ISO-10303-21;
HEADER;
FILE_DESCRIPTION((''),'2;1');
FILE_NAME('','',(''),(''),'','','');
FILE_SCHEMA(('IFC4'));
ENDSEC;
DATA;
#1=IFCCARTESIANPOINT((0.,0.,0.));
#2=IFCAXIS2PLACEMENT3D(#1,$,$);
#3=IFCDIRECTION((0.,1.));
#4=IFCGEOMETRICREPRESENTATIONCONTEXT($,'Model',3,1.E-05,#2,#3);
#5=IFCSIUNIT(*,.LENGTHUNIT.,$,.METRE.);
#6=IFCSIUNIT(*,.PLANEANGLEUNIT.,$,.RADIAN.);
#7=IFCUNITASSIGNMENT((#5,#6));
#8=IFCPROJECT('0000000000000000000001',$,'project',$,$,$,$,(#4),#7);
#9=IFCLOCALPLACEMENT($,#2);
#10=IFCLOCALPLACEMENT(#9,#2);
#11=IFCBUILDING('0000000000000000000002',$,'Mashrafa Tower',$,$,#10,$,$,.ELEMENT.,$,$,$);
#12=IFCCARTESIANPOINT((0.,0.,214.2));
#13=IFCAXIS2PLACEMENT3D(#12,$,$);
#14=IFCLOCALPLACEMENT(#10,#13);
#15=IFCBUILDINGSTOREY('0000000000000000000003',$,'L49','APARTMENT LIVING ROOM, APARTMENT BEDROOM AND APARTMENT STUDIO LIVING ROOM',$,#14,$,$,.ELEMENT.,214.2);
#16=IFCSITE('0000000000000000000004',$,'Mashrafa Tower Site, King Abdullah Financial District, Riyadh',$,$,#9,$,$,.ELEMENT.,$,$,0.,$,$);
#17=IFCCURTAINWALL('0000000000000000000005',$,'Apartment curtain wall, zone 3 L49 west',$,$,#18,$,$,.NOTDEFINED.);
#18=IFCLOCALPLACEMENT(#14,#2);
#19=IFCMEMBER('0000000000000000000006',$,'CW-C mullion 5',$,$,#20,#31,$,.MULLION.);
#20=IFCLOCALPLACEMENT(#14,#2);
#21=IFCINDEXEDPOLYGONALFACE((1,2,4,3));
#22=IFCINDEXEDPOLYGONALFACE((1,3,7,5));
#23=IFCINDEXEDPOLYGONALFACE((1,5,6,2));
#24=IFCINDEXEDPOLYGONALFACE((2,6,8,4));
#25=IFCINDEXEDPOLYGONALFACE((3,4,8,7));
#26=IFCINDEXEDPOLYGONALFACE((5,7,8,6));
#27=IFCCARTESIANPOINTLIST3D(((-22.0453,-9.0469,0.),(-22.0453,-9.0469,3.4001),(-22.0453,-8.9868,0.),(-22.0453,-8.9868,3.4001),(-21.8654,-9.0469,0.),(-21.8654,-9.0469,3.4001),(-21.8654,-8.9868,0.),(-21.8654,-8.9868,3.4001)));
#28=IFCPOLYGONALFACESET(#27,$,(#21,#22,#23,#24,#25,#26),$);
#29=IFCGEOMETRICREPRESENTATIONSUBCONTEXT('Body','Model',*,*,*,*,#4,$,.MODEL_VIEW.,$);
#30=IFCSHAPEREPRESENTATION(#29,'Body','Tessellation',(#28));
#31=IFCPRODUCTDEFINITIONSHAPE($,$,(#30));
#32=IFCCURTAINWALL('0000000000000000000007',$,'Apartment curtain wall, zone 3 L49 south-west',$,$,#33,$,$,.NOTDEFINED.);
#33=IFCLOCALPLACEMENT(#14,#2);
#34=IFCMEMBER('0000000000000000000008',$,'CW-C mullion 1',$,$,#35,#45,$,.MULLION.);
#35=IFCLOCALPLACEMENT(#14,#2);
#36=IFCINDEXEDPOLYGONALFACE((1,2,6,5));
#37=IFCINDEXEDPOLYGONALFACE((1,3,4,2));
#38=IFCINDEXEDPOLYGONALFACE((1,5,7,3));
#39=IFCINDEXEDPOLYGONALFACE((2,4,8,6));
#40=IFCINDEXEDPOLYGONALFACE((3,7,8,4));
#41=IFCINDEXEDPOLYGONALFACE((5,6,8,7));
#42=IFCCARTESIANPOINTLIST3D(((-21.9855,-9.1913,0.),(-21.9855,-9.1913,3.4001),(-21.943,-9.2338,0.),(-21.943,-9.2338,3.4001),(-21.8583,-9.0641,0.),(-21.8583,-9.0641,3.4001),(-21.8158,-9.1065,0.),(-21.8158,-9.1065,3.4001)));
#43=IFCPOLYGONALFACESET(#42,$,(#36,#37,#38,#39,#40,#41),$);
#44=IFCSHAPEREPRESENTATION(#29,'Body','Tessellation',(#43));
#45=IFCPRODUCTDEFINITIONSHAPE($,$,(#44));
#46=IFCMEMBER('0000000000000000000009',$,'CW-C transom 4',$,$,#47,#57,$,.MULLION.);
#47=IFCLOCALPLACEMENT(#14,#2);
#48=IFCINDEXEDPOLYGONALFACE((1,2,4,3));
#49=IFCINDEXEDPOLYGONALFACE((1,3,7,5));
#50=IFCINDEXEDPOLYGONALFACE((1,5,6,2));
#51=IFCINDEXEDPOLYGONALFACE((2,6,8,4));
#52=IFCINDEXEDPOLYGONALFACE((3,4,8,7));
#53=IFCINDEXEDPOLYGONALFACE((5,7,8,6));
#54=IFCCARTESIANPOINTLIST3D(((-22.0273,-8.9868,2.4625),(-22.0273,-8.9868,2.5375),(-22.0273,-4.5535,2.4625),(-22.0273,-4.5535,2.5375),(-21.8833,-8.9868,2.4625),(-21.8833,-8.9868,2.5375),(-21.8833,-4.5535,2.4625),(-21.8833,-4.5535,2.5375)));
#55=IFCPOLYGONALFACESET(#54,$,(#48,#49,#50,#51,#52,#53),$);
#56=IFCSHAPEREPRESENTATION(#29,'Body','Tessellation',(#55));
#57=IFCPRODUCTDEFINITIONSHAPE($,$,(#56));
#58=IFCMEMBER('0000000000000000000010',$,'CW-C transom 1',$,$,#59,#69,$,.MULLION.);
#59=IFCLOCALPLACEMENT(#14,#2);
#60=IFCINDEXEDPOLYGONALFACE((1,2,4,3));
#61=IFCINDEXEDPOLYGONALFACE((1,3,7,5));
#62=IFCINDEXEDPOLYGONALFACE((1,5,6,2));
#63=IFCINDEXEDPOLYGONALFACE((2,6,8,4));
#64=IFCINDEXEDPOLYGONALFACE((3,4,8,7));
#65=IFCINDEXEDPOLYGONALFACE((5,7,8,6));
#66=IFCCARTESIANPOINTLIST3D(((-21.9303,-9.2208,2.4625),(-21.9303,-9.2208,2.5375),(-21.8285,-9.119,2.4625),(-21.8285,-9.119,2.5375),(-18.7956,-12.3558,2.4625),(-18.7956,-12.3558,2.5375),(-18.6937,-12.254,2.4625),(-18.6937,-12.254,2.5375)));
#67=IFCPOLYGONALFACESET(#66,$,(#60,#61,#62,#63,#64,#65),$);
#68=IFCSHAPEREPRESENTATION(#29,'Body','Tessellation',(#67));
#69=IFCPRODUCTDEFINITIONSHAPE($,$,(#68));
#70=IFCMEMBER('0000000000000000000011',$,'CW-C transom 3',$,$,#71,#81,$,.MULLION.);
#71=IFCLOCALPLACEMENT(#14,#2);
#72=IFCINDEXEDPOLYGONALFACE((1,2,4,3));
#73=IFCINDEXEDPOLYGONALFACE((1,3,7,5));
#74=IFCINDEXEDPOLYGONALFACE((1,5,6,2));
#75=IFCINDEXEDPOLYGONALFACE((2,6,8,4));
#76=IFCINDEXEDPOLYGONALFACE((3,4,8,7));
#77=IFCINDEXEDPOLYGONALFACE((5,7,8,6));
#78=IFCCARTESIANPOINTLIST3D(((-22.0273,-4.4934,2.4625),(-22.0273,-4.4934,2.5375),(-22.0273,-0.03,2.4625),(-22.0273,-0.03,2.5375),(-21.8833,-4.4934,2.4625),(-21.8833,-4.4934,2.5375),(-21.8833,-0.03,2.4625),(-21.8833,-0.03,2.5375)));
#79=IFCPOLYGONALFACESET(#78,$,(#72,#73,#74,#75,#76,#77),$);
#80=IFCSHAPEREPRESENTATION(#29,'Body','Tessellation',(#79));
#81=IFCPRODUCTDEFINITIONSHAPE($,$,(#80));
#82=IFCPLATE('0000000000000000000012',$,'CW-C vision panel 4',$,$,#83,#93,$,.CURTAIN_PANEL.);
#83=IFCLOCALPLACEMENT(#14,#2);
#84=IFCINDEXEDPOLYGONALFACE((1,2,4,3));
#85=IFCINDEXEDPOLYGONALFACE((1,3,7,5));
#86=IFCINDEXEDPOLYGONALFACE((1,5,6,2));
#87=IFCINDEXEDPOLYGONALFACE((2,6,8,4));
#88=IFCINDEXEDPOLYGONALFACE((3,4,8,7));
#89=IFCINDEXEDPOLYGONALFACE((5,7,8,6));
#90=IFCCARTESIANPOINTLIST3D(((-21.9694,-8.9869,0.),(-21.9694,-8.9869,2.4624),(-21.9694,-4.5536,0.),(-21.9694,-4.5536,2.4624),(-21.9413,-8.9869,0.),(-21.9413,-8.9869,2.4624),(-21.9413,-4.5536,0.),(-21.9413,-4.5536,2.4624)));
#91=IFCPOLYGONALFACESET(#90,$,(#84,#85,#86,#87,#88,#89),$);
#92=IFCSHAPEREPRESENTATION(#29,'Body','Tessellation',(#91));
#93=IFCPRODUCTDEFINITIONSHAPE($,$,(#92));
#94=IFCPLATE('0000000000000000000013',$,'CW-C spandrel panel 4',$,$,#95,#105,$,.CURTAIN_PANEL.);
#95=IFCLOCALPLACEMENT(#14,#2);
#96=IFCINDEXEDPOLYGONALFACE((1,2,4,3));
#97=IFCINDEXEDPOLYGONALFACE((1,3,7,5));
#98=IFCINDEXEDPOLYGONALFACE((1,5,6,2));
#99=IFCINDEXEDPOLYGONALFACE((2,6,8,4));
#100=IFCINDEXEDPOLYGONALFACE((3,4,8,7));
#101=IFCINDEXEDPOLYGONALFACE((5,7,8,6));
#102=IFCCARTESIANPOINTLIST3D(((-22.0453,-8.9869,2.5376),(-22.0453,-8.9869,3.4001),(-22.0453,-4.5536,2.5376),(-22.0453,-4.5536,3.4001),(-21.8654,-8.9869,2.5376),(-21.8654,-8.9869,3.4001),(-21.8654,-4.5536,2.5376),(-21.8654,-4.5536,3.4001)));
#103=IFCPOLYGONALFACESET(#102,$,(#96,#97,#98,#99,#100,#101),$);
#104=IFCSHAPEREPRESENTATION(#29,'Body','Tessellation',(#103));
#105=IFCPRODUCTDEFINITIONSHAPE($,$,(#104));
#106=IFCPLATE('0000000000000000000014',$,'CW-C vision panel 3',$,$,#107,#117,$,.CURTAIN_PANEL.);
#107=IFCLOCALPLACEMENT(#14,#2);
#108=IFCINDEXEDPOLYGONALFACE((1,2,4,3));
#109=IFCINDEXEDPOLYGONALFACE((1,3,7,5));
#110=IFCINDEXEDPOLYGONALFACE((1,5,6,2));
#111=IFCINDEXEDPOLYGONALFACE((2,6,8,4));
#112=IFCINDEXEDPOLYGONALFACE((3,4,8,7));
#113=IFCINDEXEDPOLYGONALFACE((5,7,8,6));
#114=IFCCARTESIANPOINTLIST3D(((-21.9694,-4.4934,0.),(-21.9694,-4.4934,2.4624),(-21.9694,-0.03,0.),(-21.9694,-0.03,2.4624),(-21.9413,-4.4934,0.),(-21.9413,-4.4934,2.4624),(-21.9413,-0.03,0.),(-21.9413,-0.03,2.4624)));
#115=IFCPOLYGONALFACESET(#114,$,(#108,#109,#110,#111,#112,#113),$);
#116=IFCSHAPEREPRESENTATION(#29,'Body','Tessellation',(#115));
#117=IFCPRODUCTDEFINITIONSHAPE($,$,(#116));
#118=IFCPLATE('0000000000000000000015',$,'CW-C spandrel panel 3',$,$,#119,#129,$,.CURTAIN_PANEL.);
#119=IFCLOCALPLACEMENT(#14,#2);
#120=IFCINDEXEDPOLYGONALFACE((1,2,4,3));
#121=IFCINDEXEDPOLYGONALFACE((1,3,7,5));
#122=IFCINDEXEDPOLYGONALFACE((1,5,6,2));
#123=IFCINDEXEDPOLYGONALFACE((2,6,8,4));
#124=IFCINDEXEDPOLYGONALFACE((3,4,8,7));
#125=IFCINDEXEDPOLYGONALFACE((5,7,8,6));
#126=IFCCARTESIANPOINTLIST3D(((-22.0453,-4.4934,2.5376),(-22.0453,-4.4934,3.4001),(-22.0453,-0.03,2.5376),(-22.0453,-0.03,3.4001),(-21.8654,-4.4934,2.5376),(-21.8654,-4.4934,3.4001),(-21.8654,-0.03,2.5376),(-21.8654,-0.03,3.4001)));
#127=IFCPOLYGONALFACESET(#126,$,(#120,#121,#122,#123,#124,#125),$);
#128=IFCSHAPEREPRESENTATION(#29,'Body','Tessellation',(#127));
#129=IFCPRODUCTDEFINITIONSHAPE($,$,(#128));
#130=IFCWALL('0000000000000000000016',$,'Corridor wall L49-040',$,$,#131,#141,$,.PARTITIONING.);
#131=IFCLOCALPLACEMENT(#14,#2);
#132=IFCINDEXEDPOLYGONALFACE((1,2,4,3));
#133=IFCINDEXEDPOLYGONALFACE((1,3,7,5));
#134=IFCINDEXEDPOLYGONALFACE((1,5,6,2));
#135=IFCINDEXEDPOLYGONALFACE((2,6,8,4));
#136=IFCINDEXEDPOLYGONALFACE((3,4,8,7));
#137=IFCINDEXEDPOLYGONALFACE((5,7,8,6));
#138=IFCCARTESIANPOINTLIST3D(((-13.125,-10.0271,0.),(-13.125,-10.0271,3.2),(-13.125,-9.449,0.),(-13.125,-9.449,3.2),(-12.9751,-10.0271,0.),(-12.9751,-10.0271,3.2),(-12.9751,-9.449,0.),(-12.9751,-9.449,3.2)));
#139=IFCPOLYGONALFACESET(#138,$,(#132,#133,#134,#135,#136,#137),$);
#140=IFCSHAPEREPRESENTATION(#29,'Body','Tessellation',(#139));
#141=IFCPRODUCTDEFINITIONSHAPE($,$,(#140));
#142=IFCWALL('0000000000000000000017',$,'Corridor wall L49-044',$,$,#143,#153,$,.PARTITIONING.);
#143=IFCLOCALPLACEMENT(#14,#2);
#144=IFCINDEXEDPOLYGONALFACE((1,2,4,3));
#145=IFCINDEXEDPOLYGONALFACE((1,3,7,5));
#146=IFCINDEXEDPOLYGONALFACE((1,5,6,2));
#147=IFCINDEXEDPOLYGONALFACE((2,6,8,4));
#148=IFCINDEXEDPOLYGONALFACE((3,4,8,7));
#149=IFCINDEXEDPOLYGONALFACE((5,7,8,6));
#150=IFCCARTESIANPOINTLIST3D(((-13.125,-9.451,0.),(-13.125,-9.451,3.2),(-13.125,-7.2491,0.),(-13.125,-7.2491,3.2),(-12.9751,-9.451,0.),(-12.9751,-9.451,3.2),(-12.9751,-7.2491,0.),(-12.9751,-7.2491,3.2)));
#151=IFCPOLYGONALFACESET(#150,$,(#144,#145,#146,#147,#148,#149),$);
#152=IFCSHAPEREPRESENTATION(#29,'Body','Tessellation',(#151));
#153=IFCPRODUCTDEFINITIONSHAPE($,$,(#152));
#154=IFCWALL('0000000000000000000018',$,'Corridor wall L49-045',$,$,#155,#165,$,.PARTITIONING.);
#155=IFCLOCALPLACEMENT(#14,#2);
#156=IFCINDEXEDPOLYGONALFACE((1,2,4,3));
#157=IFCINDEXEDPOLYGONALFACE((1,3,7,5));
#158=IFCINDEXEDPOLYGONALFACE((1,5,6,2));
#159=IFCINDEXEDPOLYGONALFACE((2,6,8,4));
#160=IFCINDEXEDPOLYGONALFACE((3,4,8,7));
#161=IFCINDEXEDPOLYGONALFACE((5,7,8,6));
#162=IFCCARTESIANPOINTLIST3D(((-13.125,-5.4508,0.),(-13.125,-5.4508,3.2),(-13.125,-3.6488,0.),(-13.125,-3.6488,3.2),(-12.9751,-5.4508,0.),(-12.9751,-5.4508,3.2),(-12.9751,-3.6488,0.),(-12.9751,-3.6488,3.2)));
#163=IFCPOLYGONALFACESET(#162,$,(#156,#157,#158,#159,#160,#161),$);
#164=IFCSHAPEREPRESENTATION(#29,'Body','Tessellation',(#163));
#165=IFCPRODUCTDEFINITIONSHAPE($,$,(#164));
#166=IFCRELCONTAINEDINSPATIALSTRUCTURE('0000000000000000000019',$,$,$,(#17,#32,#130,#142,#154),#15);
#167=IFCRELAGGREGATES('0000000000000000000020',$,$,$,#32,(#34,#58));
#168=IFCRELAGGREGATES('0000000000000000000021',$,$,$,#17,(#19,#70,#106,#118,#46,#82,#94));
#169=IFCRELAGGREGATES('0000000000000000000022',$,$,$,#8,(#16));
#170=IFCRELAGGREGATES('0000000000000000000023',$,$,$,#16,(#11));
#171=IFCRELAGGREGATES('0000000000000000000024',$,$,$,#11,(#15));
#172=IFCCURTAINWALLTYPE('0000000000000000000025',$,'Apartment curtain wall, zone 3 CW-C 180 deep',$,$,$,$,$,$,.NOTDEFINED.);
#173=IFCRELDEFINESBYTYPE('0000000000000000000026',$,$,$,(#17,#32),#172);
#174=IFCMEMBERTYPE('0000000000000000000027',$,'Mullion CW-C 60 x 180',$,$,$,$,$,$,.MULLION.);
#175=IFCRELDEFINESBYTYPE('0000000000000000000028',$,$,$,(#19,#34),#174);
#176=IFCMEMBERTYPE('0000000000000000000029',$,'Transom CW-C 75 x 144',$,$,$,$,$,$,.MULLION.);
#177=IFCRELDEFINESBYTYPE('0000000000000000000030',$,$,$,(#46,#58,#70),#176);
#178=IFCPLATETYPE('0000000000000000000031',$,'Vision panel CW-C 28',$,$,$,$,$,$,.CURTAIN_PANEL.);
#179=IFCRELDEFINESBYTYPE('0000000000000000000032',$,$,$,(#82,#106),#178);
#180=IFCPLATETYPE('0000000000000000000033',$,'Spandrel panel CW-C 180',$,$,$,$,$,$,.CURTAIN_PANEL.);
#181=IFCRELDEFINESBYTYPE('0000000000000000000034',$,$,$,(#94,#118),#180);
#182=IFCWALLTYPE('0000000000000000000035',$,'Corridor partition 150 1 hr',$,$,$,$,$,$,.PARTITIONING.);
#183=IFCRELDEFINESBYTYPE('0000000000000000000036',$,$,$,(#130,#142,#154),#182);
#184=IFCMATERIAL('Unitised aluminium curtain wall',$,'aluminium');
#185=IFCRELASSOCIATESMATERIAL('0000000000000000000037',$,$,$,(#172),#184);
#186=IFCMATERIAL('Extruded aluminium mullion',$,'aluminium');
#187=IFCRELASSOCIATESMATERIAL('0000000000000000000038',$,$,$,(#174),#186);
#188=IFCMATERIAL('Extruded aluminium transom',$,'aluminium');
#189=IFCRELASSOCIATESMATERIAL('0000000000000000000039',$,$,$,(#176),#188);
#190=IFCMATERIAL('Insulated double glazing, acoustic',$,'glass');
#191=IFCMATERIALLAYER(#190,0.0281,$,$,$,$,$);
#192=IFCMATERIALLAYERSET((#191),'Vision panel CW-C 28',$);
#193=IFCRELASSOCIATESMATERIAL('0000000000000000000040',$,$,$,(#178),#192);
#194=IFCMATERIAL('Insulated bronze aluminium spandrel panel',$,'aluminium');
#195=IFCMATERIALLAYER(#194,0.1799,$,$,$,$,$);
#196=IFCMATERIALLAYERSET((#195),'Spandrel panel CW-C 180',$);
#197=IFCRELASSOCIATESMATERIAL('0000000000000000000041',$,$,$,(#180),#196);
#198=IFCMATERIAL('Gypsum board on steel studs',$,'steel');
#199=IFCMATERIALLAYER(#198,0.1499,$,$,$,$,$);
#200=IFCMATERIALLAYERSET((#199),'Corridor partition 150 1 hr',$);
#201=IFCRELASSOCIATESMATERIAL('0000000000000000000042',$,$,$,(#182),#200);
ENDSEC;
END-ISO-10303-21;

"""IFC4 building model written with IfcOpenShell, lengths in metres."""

from ifc_helpers import new_model, si_unit, direction, frame, frame_2d, origin, origin_2d, place, context, subcontext, project, spatial, rectangle, extrude, source, transform, mapped, material, layer, layer_set, material_profile, profile_set, type_object, type_shapes, element, aggregate, save


model = new_model("IFC4")

# Units and contexts
model_context = context("Model", 3, precision=1e-05, world=origin(), true_north=direction((0.0, 1.0)))
body_context = subcontext(model_context, "Body", "Model", "MODEL_VIEW")
ifc_project = project(units=[si_unit("LENGTHUNIT", "METRE"), si_unit("PLANEANGLEUNIT", "RADIAN")], contexts=[model_context])

# Site, building, storey
site_placement = place(None, origin())
site = spatial("IfcSite", under=ifc_project, at=site_placement, Name="Mashrafa Tower Site, King Abdullah Financial District, Riyadh", CompositionType="ELEMENT", RefElevation=0.0)
building_placement = place(site_placement, origin())
building = spatial("IfcBuilding", under=site, at=building_placement, Name="Mashrafa Tower", CompositionType="ELEMENT")
storey_placement = place(building_placement, frame((0.0, 0.0, 214.2)))
storey = spatial("IfcBuildingStorey", under=building, at=storey_placement, Name="L49", Description="APARTMENT LIVING ROOM, APARTMENT BEDROOM AND APARTMENT STUDIO LIVING ROOM", CompositionType="ELEMENT", Elevation=214.2)

# Curtain wall, member
ifc_material_1 = material(Name="Unitised aluminium curtain wall", Category="aluminium")
curtain_wall_type = type_object("IfcCurtainWallType", Name="Apartment curtain wall, zone 3 CW-C 180 deep", PredefinedType="NOTDEFINED", material=ifc_material_1)
curtain_wall_1_placement = place(storey_placement, origin())
curtain_wall_1 = element("IfcCurtainWall", 1, at=curtain_wall_1_placement, inside=storey, type_object=curtain_wall_type, Name="Apartment curtain wall, zone 3 L49 west", PredefinedType="NOTDEFINED")
ifc_material_2 = material(Name="Extruded aluminium mullion", Category="aluminium")
ifc_material_profile_1 = material_profile(ifc_material_2, rectangle(XDim=0.1799, YDim=0.0601, at=origin_2d()), Name="Mullion 60x180")
ifc_profile_set_1 = profile_set([ifc_material_profile_1], Name="Extruded aluminium mullion")
member_type_1 = type_object("IfcMemberType", Name="Mullion CW-C 60 x 180", PredefinedType="MULLION", material=ifc_profile_set_1)
shared_shape_1 = source(origin(), body_context, "Body", "SweptSolid", [
    extrude(rectangle(XDim=0.1799, YDim=0.0601, at=origin_2d()), origin(), (0.0, 0.0, 1.0), 3.4001),
])
type_shapes(member_type_1, [shared_shape_1])
member_1_placement = place(storey_placement, frame((-21.9553, -9.0168, 0.0), z_axis=(0.0, 0.0, 1.0), x_axis=(1.0, 0.0, 0.0)))
member_1 = element("IfcMember", 2, at=member_1_placement, type_object=member_type_1, Name="CW-C mullion 5", PredefinedType="MULLION", context=body_context, shape_type="MappedRepresentation", body=[
    mapped(shared_shape_1, transform((0.0, 0.0, 0.0))),
])

# Curtain wall, member
curtain_wall_2_placement = place(storey_placement, origin())
curtain_wall_2 = element("IfcCurtainWall", 3, at=curtain_wall_2_placement, inside=storey, type_object=curtain_wall_type, Name="Apartment curtain wall, zone 3 L49 south-west", PredefinedType="NOTDEFINED")
member_2_placement = place(storey_placement, frame((-21.9006, -9.1489, 0.0), z_axis=(0.0, 0.0, 1.0), x_axis=(0.707107, 0.707107, 0.0)))
member_2 = element("IfcMember", 4, at=member_2_placement, type_object=member_type_1, Name="CW-C mullion 1", PredefinedType="MULLION", context=body_context, shape_type="MappedRepresentation", body=[
    mapped(shared_shape_1, transform((0.0, 0.0, 0.0))),
])

# Members
ifc_material_3 = material(Name="Extruded aluminium transom", Category="aluminium")
ifc_material_profile_2 = material_profile(ifc_material_3, rectangle(XDim=0.144, YDim=0.075, at=origin_2d()), Name="Transom 75x144")
ifc_profile_set_2 = profile_set([ifc_material_profile_2], Name="Extruded aluminium transom")
member_type_2 = type_object("IfcMemberType", Name="Transom CW-C 75 x 144", PredefinedType="MULLION", material=ifc_profile_set_2)
shared_shape_2 = source(origin(), body_context, "Body", "SweptSolid", [
    extrude(rectangle(XDim=0.144, YDim=0.075, at=origin_2d()), origin(), (0.0, 0.0, 1.0), 4.4333),
])
member_3_placement = place(storey_placement, frame((-21.9553, -4.5535, 2.5), z_axis=(0.0, -1.0, 0.0), x_axis=(1.0, 0.0, 0.0)))
member_3 = element("IfcMember", 5, at=member_3_placement, type_object=member_type_2, Name="CW-C transom 4", PredefinedType="MULLION", context=body_context, shape_type="MappedRepresentation", body=[
    mapped(shared_shape_2, transform((0.0, 0.0, 0.0))),
])
member_4_placement = place(storey_placement, frame((-21.8794, -9.1699, 2.5), z_axis=(0.707079, -0.707134, 0.0), x_axis=(0.707134, 0.707079, 0.0)))
member_4 = element("IfcMember", 6, at=member_4_placement, type_object=member_type_2, Name="CW-C transom 1", PredefinedType="MULLION", context=body_context, shape_type="MappedRepresentation", body=[
    mapped(shared_shape_2, transform((0.0, 0.0, 0.0))),
])
aggregate(curtain_wall_2, [member_2, member_4])
shared_shape_3 = source(origin(), body_context, "Body", "SweptSolid", [
    extrude(rectangle(XDim=0.144, YDim=0.075, at=origin_2d()), origin(), (0.0, 0.0, 1.0), 4.4634),
])
type_shapes(member_type_2, [shared_shape_2, shared_shape_3])
member_5_placement = place(storey_placement, frame((-21.9553, -0.03, 2.5), z_axis=(0.0, -1.0, 0.0), x_axis=(1.0, 0.0, 0.0)))
member_5 = element("IfcMember", 7, at=member_5_placement, type_object=member_type_2, Name="CW-C transom 3", PredefinedType="MULLION", context=body_context, shape_type="MappedRepresentation", body=[
    mapped(shared_shape_3, transform((0.0, 0.0, 0.0))),
])

# Plates
ifc_material_4 = material(Name="Insulated double glazing, acoustic", Category="glass")
ifc_layer_1 = layer(ifc_material_4, 0.0281)
ifc_layer_set_1 = layer_set([ifc_layer_1], Name="Vision panel CW-C 28")
plate_type_1 = type_object("IfcPlateType", Name="Vision panel CW-C 28", PredefinedType="CURTAIN_PANEL", material=ifc_layer_set_1)
shared_shape_4 = source(origin(), body_context, "Body", "SweptSolid", [
    extrude(rectangle(XDim=4.4333, YDim=0.0281, at=origin_2d()), origin(), (0.0, 0.0, 1.0), 2.4624),
])
plate_1_placement = place(storey_placement, frame((-21.9553, -6.7703, 0.0), z_axis=(0.0, 0.0, 1.0), x_axis=(0.0, -1.0, 0.0)))
plate_1 = element("IfcPlate", 8, at=plate_1_placement, type_object=plate_type_1, Name="CW-C vision panel 4", PredefinedType="CURTAIN_PANEL", context=body_context, shape_type="MappedRepresentation", body=[
    mapped(shared_shape_4, transform((0.0, 0.0, 0.0))),
])
ifc_material_5 = material(Name="Insulated bronze aluminium spandrel panel", Category="aluminium")
ifc_layer_2 = layer(ifc_material_5, 0.1799)
ifc_layer_set_2 = layer_set([ifc_layer_2], Name="Spandrel panel CW-C 180")
plate_type_2 = type_object("IfcPlateType", Name="Spandrel panel CW-C 180", PredefinedType="CURTAIN_PANEL", material=ifc_layer_set_2)
shared_shape_5 = source(origin(), body_context, "Body", "SweptSolid", [
    extrude(rectangle(XDim=4.4333, YDim=0.1799, at=origin_2d()), origin(), (0.0, 0.0, 1.0), 0.8625),
])
plate_2_placement = place(storey_placement, frame((-21.9553, -6.7703, 2.5376), z_axis=(0.0, 0.0, 1.0), x_axis=(0.0, -1.0, 0.0)))
plate_2 = element("IfcPlate", 9, at=plate_2_placement, type_object=plate_type_2, Name="CW-C spandrel panel 4", PredefinedType="CURTAIN_PANEL", context=body_context, shape_type="MappedRepresentation", body=[
    mapped(shared_shape_5, transform((0.0, 0.0, 0.0))),
])
shared_shape_6 = source(origin(), body_context, "Body", "SweptSolid", [
    extrude(rectangle(XDim=4.4634, YDim=0.0281, at=origin_2d()), origin(), (0.0, 0.0, 1.0), 2.4624),
])
type_shapes(plate_type_1, [shared_shape_4, shared_shape_6])
plate_3_placement = place(storey_placement, frame((-21.9553, -2.2617, 0.0), z_axis=(0.0, 0.0, 1.0), x_axis=(0.0, -1.0, 0.0)))
plate_3 = element("IfcPlate", 10, at=plate_3_placement, type_object=plate_type_1, Name="CW-C vision panel 3", PredefinedType="CURTAIN_PANEL", context=body_context, shape_type="MappedRepresentation", body=[
    mapped(shared_shape_6, transform((0.0, 0.0, 0.0))),
])
shared_shape_7 = source(origin(), body_context, "Body", "SweptSolid", [
    extrude(rectangle(XDim=4.4634, YDim=0.1799, at=origin_2d()), origin(), (0.0, 0.0, 1.0), 0.8625),
])
type_shapes(plate_type_2, [shared_shape_5, shared_shape_7])
plate_4_placement = place(storey_placement, frame((-21.9553, -2.2617, 2.5376), z_axis=(0.0, 0.0, 1.0), x_axis=(0.0, -1.0, 0.0)))
plate_4 = element("IfcPlate", 11, at=plate_4_placement, type_object=plate_type_2, Name="CW-C spandrel panel 3", PredefinedType="CURTAIN_PANEL", context=body_context, shape_type="MappedRepresentation", body=[
    mapped(shared_shape_7, transform((0.0, 0.0, 0.0))),
])
aggregate(curtain_wall_1, [member_1, member_5, plate_3, plate_4, member_3, plate_1, plate_2])

# Walls
ifc_material_6 = material(Name="Gypsum board on steel studs", Category="steel")
ifc_layer_3 = layer(ifc_material_6, 0.1499)
ifc_layer_set_3 = layer_set([ifc_layer_3], Name="Corridor partition 150 1 hr")
wall_type_1 = type_object("IfcWallType", Name="Corridor partition 150 1 hr", PredefinedType="PARTITIONING", material=ifc_layer_set_3)
wall_1_placement = place(storey_placement, frame((-13.05, -9.449, 0.0), z_axis=(0.0, 0.0, 1.0), x_axis=(0.0, -1.0, 0.0)))
element("IfcWall", 12, at=wall_1_placement, inside=storey, type_object=wall_type_1, Name="Corridor wall L49-040", PredefinedType="PARTITIONING", context=body_context, shape_type="SweptSolid", body=[
    extrude(rectangle(XDim=0.5781, YDim=0.1499, at=frame_2d((0.2891, 0.0))), origin(), (0.0, 0.0, 1.0), 3.2),
])
wall_2_placement = place(storey_placement, frame((-13.05, -7.249, 0.0), z_axis=(0.0, 0.0, 1.0), x_axis=(0.0, -1.0, 0.0)))
element("IfcWall", 13, at=wall_2_placement, inside=storey, type_object=wall_type_1, Name="Corridor wall L49-044", PredefinedType="PARTITIONING", context=body_context, shape_type="SweptSolid", body=[
    extrude(rectangle(XDim=2.2019, YDim=0.1499, at=frame_2d((1.1011, 0.0))), origin(), (0.0, 0.0, 1.0), 3.2),
])
wall_3_placement = place(storey_placement, frame((-13.05, -3.6489, 0.0), z_axis=(0.0, 0.0, 1.0), x_axis=(0.0, -1.0, 0.0)))
element("IfcWall", 14, at=wall_3_placement, inside=storey, type_object=wall_type_1, Name="Corridor wall L49-045", PredefinedType="PARTITIONING", context=body_context, shape_type="SweptSolid", body=[
    extrude(rectangle(XDim=1.802, YDim=0.1499, at=frame_2d((0.9009, 0.0))), origin(), (0.0, 0.0, 1.0), 3.2),
])

save(model, "model.ifc")
